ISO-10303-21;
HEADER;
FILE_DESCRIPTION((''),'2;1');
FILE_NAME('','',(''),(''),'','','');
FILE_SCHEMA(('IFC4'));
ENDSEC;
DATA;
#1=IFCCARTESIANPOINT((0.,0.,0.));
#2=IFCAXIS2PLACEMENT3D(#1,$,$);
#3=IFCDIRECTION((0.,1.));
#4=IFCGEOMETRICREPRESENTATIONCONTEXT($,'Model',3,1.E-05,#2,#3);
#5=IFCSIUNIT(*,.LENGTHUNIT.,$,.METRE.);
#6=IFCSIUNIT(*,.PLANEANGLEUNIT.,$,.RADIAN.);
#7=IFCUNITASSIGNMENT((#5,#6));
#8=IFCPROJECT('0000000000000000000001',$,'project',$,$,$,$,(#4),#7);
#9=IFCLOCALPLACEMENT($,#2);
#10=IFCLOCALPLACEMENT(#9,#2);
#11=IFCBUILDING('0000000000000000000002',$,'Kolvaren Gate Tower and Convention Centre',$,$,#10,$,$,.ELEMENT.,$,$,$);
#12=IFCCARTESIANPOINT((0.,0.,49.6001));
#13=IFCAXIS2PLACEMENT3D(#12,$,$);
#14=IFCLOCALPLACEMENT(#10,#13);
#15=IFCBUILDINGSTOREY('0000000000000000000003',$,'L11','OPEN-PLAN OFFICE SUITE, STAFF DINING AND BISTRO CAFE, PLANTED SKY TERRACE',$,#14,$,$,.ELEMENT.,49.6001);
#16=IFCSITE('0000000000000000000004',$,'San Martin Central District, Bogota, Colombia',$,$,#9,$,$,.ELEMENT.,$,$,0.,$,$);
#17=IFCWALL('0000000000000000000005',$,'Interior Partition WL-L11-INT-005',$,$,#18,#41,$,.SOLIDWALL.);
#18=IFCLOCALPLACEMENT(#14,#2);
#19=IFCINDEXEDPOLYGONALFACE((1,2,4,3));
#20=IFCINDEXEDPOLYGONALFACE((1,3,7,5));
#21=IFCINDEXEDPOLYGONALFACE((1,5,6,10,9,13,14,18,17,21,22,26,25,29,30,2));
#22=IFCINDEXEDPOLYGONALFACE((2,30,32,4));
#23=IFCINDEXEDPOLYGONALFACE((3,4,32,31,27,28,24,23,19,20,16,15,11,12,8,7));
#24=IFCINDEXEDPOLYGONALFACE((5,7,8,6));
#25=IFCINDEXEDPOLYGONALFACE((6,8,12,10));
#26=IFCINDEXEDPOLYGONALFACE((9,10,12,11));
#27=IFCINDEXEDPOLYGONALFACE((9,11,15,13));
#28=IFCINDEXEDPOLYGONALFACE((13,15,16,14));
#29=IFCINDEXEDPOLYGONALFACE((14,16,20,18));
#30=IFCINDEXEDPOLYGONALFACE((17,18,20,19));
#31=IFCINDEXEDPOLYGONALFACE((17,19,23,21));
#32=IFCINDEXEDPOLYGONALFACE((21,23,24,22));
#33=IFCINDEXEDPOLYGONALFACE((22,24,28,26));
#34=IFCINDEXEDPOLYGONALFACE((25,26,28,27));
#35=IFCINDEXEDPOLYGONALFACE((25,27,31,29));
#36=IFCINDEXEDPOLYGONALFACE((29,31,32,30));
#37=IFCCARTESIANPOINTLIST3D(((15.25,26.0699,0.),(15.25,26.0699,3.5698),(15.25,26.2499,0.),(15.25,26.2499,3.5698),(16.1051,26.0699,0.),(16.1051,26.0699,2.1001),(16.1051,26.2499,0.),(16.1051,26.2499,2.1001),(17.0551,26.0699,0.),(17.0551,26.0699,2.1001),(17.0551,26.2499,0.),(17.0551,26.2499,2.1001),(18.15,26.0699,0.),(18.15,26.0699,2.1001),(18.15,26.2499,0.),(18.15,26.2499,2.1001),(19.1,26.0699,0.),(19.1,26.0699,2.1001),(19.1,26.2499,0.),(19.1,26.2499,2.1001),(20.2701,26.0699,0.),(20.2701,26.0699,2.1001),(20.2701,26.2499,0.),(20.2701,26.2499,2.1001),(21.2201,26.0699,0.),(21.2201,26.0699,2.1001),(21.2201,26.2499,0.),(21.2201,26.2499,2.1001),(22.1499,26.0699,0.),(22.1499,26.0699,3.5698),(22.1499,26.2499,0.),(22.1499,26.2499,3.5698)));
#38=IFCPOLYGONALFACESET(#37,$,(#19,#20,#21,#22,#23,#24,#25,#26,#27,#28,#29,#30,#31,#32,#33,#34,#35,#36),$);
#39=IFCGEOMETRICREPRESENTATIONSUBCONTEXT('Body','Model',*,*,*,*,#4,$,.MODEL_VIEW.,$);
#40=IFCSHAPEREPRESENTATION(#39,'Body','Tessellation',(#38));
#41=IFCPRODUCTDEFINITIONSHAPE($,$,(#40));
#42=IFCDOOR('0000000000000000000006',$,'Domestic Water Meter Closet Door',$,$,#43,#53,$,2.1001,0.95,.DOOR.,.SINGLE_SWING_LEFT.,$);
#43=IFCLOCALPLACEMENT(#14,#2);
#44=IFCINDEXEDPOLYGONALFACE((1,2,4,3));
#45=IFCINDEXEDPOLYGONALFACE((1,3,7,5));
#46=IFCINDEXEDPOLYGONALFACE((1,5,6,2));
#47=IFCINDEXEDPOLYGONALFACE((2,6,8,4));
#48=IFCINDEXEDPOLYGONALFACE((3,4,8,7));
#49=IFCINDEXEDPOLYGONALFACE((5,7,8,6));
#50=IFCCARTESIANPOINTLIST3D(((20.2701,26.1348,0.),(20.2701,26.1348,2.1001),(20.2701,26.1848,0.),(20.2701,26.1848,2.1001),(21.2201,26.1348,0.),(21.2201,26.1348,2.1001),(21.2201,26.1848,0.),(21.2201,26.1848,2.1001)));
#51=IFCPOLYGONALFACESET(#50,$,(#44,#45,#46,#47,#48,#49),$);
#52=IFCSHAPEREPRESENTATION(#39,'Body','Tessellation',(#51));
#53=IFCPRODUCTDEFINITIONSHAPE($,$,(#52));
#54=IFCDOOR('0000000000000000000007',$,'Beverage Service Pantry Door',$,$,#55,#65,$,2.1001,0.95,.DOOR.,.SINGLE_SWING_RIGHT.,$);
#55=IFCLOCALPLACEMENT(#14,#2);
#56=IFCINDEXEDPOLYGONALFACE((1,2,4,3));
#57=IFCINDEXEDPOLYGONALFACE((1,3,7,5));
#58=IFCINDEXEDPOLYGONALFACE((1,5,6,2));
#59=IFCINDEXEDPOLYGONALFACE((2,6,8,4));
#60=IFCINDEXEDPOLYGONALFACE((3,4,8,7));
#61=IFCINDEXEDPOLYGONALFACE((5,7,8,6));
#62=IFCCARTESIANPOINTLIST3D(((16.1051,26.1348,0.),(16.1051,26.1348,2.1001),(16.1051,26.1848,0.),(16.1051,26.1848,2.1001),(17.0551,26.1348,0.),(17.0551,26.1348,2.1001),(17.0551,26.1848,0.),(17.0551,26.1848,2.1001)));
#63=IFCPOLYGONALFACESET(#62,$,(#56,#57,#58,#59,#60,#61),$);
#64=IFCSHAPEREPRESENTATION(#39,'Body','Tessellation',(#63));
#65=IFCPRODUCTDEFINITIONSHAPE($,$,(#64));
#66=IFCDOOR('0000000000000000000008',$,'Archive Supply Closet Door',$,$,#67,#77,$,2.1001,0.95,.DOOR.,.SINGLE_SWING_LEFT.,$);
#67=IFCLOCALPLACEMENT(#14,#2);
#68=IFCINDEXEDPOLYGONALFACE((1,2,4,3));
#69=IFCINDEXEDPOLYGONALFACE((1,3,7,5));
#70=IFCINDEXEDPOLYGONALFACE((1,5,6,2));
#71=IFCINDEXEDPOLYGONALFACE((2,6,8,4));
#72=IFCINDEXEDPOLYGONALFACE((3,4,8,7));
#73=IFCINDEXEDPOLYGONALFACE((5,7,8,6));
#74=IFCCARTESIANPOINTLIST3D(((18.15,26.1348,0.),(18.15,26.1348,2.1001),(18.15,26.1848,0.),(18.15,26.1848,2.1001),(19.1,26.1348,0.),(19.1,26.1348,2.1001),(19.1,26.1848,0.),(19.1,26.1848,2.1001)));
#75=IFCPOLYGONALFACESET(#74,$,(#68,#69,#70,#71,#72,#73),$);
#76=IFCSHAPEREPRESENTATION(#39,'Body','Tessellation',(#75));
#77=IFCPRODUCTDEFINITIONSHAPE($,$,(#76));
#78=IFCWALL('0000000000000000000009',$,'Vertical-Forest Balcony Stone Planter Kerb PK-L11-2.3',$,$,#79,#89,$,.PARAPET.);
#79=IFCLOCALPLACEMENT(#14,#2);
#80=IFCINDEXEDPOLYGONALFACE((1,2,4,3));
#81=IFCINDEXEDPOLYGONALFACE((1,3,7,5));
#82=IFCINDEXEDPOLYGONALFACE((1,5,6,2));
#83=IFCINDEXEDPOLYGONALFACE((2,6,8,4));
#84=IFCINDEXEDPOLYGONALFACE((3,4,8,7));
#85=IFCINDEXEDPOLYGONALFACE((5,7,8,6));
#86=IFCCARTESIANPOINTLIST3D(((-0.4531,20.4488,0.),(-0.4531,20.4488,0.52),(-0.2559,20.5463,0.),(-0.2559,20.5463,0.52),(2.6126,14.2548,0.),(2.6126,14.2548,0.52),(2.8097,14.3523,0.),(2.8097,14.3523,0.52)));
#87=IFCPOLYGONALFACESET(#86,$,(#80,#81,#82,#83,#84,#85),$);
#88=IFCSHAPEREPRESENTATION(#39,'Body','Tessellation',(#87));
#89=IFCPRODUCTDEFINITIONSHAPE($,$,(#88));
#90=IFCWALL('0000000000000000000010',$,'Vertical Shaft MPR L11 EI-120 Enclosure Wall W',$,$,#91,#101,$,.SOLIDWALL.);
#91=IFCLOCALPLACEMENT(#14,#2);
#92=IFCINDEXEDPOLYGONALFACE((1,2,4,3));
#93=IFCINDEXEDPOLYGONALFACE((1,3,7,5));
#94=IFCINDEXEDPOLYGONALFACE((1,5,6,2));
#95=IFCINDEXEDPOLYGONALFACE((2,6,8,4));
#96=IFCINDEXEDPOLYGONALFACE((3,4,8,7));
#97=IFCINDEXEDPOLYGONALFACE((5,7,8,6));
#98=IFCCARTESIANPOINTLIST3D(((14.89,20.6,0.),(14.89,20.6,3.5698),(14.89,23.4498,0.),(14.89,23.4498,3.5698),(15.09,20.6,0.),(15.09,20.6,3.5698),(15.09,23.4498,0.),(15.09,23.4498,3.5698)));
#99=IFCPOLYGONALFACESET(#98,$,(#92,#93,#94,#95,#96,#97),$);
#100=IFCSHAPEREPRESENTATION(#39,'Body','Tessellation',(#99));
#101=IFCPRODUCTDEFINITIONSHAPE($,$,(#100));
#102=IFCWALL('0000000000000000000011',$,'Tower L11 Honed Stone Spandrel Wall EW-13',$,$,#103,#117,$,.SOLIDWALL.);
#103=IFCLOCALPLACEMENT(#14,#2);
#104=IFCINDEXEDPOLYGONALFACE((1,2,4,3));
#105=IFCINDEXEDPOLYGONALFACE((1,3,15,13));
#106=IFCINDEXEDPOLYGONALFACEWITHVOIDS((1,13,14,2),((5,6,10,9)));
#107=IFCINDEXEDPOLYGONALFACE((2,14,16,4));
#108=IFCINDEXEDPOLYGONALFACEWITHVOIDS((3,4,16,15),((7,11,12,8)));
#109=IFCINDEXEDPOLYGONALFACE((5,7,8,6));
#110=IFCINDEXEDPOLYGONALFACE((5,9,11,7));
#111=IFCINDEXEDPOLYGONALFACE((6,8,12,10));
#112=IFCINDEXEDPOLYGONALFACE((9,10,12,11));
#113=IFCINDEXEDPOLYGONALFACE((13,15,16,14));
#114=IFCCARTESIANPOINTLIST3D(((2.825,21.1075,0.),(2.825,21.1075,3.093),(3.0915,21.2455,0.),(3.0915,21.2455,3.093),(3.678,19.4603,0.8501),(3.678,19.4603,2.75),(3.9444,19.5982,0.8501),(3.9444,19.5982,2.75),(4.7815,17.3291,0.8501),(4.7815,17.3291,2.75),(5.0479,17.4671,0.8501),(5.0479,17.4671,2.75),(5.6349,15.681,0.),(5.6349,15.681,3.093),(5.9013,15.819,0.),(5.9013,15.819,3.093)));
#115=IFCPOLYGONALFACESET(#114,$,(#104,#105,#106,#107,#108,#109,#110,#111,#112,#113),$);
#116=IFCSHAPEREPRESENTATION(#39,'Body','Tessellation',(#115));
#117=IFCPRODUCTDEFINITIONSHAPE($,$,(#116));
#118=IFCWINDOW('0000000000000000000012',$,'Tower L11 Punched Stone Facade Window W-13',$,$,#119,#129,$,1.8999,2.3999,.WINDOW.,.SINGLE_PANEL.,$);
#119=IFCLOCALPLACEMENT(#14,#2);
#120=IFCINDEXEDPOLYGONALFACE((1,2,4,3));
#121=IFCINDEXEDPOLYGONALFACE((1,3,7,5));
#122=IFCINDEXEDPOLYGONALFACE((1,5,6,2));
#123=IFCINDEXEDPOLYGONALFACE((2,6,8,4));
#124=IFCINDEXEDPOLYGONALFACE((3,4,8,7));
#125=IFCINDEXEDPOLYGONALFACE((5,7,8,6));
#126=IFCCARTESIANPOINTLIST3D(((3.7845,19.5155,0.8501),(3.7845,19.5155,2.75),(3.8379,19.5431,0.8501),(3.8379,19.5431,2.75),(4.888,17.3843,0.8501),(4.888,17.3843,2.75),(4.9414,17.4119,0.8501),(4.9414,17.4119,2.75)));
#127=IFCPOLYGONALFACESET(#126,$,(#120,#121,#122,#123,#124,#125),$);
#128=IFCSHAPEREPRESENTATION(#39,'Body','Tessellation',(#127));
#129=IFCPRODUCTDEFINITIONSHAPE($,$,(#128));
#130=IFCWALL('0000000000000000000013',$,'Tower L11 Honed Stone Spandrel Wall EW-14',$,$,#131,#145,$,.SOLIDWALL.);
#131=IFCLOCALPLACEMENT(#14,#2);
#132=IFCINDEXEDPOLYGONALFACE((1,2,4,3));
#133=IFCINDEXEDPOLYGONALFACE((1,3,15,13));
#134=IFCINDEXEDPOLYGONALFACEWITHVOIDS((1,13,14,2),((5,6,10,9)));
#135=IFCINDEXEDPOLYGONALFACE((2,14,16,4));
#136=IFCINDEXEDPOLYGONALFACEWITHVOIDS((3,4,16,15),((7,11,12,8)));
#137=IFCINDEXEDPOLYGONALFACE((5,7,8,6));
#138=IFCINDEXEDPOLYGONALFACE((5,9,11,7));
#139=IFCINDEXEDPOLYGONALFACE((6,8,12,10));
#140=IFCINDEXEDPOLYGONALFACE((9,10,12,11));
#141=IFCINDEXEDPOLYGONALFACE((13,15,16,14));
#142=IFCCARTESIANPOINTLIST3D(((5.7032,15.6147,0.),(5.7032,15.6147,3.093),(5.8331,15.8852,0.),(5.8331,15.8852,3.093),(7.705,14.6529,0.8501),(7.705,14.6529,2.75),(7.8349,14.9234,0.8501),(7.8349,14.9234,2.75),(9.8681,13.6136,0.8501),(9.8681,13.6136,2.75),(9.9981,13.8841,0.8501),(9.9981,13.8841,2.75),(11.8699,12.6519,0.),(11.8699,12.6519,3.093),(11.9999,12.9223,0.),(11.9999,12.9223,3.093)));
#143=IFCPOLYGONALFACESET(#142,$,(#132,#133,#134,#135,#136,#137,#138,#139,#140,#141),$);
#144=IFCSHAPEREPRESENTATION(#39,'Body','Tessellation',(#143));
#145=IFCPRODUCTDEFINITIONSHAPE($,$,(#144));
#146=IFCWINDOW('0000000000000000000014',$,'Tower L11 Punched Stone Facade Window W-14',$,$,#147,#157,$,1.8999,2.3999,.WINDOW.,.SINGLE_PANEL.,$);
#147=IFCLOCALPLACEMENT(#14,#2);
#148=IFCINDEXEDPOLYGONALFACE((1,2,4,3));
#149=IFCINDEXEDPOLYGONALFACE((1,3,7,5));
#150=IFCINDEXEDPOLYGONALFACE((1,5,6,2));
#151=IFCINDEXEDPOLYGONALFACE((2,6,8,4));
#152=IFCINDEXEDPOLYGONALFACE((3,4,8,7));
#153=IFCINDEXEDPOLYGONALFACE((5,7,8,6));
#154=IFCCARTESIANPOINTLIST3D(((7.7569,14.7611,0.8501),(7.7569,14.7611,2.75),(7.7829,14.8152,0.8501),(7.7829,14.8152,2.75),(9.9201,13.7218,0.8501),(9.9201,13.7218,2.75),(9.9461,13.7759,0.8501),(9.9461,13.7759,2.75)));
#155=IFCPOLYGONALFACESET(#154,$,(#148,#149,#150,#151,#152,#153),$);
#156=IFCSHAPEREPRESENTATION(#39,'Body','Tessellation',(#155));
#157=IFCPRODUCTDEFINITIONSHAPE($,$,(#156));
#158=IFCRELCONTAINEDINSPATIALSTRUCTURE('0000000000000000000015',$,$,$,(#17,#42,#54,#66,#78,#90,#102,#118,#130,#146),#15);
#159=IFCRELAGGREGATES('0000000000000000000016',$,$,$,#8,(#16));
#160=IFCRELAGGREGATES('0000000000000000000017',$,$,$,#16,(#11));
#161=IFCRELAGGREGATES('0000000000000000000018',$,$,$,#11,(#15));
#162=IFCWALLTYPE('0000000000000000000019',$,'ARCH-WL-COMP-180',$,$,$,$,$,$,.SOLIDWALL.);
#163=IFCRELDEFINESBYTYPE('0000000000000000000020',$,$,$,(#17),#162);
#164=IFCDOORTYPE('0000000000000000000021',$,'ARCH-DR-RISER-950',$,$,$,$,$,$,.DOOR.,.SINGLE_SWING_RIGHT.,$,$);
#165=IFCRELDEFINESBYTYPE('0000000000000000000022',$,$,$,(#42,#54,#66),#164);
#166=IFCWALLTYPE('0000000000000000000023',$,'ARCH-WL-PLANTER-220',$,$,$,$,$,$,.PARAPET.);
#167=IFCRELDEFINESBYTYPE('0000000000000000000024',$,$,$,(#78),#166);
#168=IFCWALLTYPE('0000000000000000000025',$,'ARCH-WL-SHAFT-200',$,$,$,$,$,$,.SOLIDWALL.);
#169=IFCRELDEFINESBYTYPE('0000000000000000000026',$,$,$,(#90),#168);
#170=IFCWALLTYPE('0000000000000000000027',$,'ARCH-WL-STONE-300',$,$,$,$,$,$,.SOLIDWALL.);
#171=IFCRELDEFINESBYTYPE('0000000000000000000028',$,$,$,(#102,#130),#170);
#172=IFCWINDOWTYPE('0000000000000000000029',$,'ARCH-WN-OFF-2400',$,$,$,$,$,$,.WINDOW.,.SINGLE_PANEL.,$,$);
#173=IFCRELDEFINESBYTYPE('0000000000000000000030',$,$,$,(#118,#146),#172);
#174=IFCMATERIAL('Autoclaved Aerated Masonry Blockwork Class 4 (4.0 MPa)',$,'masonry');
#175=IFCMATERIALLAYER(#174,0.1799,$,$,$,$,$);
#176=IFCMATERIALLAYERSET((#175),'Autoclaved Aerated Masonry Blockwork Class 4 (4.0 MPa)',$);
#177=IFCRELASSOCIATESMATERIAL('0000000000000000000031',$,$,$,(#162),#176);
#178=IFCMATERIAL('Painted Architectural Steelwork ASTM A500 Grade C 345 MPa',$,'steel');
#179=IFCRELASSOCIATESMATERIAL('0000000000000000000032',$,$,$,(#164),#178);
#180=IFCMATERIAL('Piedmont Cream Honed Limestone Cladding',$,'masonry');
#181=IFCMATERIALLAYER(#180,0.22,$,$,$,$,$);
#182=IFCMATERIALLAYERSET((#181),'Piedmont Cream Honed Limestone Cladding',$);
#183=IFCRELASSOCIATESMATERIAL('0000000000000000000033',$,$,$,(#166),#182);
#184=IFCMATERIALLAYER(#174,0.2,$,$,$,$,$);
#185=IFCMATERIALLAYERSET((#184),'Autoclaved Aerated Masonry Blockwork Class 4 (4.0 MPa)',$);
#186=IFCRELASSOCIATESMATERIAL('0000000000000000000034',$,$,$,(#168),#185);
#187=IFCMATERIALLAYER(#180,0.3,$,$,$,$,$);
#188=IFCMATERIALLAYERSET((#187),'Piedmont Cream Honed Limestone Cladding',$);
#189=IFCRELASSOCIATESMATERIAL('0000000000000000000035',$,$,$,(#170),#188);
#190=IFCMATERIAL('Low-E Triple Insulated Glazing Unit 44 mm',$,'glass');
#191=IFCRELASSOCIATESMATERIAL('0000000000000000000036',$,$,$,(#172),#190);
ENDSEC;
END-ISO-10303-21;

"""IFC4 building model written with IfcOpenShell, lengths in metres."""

from ifc_helpers import new_model, si_unit, direction, frame, frame_2d, origin, place, context, subcontext, project, spatial, rectangle, extrude, material, layer, layer_set, type_object, element, fill, save


model = new_model("IFC4")

# Units and contexts
model_context = context("Model", 3, precision=1e-05, world=origin(), true_north=direction((0.0, 1.0)))
body_context = subcontext(model_context, "Body", "Model", "MODEL_VIEW")
ifc_project = project(units=[si_unit("LENGTHUNIT", "METRE"), si_unit("PLANEANGLEUNIT", "RADIAN")], contexts=[model_context])

# Site, building, storey
site_placement = place(None, origin())
site = spatial("IfcSite", under=ifc_project, at=site_placement, Name="San Martin Central District, Bogota, Colombia", CompositionType="ELEMENT", RefElevation=0.0)
building_placement = place(site_placement, origin())
building = spatial("IfcBuilding", under=site, at=building_placement, Name="Kolvaren Gate Tower and Convention Centre", CompositionType="ELEMENT")
storey_placement = place(building_placement, frame((0.0, 0.0, 49.6001)))
storey = spatial("IfcBuildingStorey", under=building, at=storey_placement, Name="L11", Description="OPEN-PLAN OFFICE SUITE, STAFF DINING AND BISTRO CAFE, PLANTED SKY TERRACE", CompositionType="ELEMENT", Elevation=49.6001)

# Wall, openings, doors
ifc_material_1 = material(Name="Autoclaved Aerated Masonry Blockwork Class 4 (4.0 MPa)", Category="masonry")
ifc_layer_1 = layer(ifc_material_1, 0.1799)
ifc_layer_set_1 = layer_set([ifc_layer_1], Name="Autoclaved Aerated Masonry Blockwork Class 4 (4.0 MPa)")
wall_type_1 = type_object("IfcWallType", Name="ARCH-WL-COMP-180", PredefinedType="SOLIDWALL", material=ifc_layer_set_1)
wall_1_placement = place(storey_placement, frame((15.25, 26.1599, 0.0), z_axis=(0.0, 0.0, 1.0), x_axis=(1.0, 0.0, 0.0)))
wall_1 = element("IfcWall", 1, at=wall_1_placement, inside=storey, type_object=wall_type_1, Name="Interior Partition WL-L11-INT-005", PredefinedType="SOLIDWALL", context=body_context, shape_type="SweptSolid", body=[
    extrude(rectangle(XDim=6.8999, YDim=0.1799, at=frame_2d((3.45, 0.0))), origin(), (0.0, 0.0, 1.0), 3.5698),
])
opening_1_placement = place(wall_1_placement, frame((5.02, 0.0, 0.0)))
opening_1 = element("IfcOpeningElement", 2, at=opening_1_placement, cuts=wall_1, PredefinedType="OPENING", context=body_context, shape_type="SweptSolid", body=[
    extrude(rectangle(XDim=0.95, YDim=2.1001, at=frame_2d((0.4751, 1.05))), frame((0.0, 0.0999, 0.0), z_axis=(0.0, -1.0, 0.0), x_axis=(1.0, 0.0, 0.0)), (0.0, 0.0, 1.0), 0.2),
])
opening_2_placement = place(wall_1_placement, frame((0.855, 0.0, 0.0)))
opening_2 = element("IfcOpeningElement", 3, at=opening_2_placement, cuts=wall_1, PredefinedType="OPENING", context=body_context, shape_type="SweptSolid", body=[
    extrude(rectangle(XDim=0.95, YDim=2.1001, at=frame_2d((0.4751, 1.05))), frame((0.0, 0.0999, 0.0), z_axis=(0.0, -1.0, 0.0), x_axis=(1.0, 0.0, 0.0)), (0.0, 0.0, 1.0), 0.2),
])
opening_3_placement = place(wall_1_placement, frame((2.8999, 0.0, 0.0)))
opening_3 = element("IfcOpeningElement", 4, at=opening_3_placement, cuts=wall_1, PredefinedType="OPENING", context=body_context, shape_type="SweptSolid", body=[
    extrude(rectangle(XDim=0.95, YDim=2.1001, at=frame_2d((0.4751, 1.05))), frame((0.0, 0.0999, 0.0), z_axis=(0.0, -1.0, 0.0), x_axis=(1.0, 0.0, 0.0)), (0.0, 0.0, 1.0), 0.2),
])
ifc_material_2 = material(Name="Painted Architectural Steelwork ASTM A500 Grade C 345 MPa", Category="steel")
door_type = type_object("IfcDoorType", Name="ARCH-DR-RISER-950", OperationType="SINGLE_SWING_RIGHT", PredefinedType="DOOR", material=ifc_material_2)
door_1_placement = place(opening_1_placement, origin())
door_1 = element("IfcDoor", 5, at=door_1_placement, inside=storey, type_object=door_type, Name="Domestic Water Meter Closet Door", OperationType="SINGLE_SWING_LEFT", OverallHeight=2.1001, OverallWidth=0.95, PredefinedType="DOOR", context=body_context, shape_type="SweptSolid", body=[
    extrude(rectangle(XDim=0.95, YDim=2.1001, at=frame_2d((0.4751, 1.05))), frame((0.0, 0.0249, 0.0), z_axis=(0.0, -1.0, 0.0), x_axis=(1.0, 0.0, 0.0)), (0.0, 0.0, 1.0), 0.05),
])
fill(opening_1, door_1)
door_2_placement = place(opening_2_placement, origin())
door_2 = element("IfcDoor", 6, at=door_2_placement, inside=storey, type_object=door_type, Name="Beverage Service Pantry Door", OperationType="SINGLE_SWING_RIGHT", OverallHeight=2.1001, OverallWidth=0.95, PredefinedType="DOOR", context=body_context, shape_type="SweptSolid", body=[
    extrude(rectangle(XDim=0.95, YDim=2.1001, at=frame_2d((0.4751, 1.05))), frame((0.0, 0.0249, 0.0), z_axis=(0.0, -1.0, 0.0), x_axis=(1.0, 0.0, 0.0)), (0.0, 0.0, 1.0), 0.05),
])
fill(opening_2, door_2)
door_3_placement = place(opening_3_placement, origin())
door_3 = element("IfcDoor", 7, at=door_3_placement, inside=storey, type_object=door_type, Name="Archive Supply Closet Door", OperationType="SINGLE_SWING_LEFT", OverallHeight=2.1001, OverallWidth=0.95, PredefinedType="DOOR", context=body_context, shape_type="SweptSolid", body=[
    extrude(rectangle(XDim=0.95, YDim=2.1001, at=frame_2d((0.4751, 1.05))), frame((0.0, 0.0249, 0.0), z_axis=(0.0, -1.0, 0.0), x_axis=(1.0, 0.0, 0.0)), (0.0, 0.0, 1.0), 0.05),
])
fill(opening_3, door_3)

# Walls
ifc_material_3 = material(Name="Piedmont Cream Honed Limestone Cladding", Category="masonry")
ifc_layer_2 = layer(ifc_material_3, 0.22)
ifc_layer_set_2 = layer_set([ifc_layer_2], Name="Piedmont Cream Honed Limestone Cladding")
wall_type_2 = type_object("IfcWallType", Name="ARCH-WL-PLANTER-220", PredefinedType="PARAPET", material=ifc_layer_set_2)
wall_2_placement = place(storey_placement, frame((-0.3545, 20.4976, 0.0), z_axis=(0.0, 0.0, 1.0), x_axis=(0.443578, -0.896236, 0.0)))
element("IfcWall", 8, at=wall_2_placement, inside=storey, type_object=wall_type_2, Name="Vertical-Forest Balcony Stone Planter Kerb PK-L11-2.3", PredefinedType="PARAPET", context=body_context, shape_type="SweptSolid", body=[
    extrude(rectangle(XDim=6.9111, YDim=0.22, at=frame_2d((3.4556, 0.0))), origin(), (0.0, 0.0, 1.0), 0.52),
])
ifc_layer_3 = layer(ifc_material_1, 0.2)
ifc_layer_set_3 = layer_set([ifc_layer_3], Name="Autoclaved Aerated Masonry Blockwork Class 4 (4.0 MPa)")
wall_type_3 = type_object("IfcWallType", Name="ARCH-WL-SHAFT-200", PredefinedType="SOLIDWALL", material=ifc_layer_set_3)
wall_3_placement = place(storey_placement, frame((14.99, 20.6001, 0.0), z_axis=(0.0, 0.0, 1.0), x_axis=(0.0, 1.0, 0.0)))
element("IfcWall", 9, at=wall_3_placement, inside=storey, type_object=wall_type_3, Name="Vertical Shaft MPR L11 EI-120 Enclosure Wall W", PredefinedType="SOLIDWALL", context=body_context, shape_type="SweptSolid", body=[
    extrude(rectangle(XDim=2.8499, YDim=0.2, at=frame_2d((1.4248, 0.0))), origin(), (0.0, 0.0, 1.0), 3.5698),
])

# Walls, openings, windows
ifc_layer_4 = layer(ifc_material_3, 0.3)
ifc_layer_set_4 = layer_set([ifc_layer_4], Name="Piedmont Cream Honed Limestone Cladding")
wall_type_4 = type_object("IfcWallType", Name="ARCH-WL-STONE-300", PredefinedType="SOLIDWALL", material=ifc_layer_set_4)
wall_4_placement = place(storey_placement, frame((2.9583, 21.1765, 0.0), z_axis=(0.0, 0.0, 1.0), x_axis=(0.45981, -0.888017, 0.0)))
wall_4 = element("IfcWall", 10, at=wall_4_placement, inside=storey, type_object=wall_type_4, Name="Tower L11 Honed Stone Spandrel Wall EW-13", PredefinedType="SOLIDWALL", context=body_context, shape_type="SweptSolid", body=[
    extrude(rectangle(XDim=6.1108, YDim=0.3, at=frame_2d((3.0554, 0.0))), origin(), (0.0, 0.0, 1.0), 3.093),
])
opening_4_placement = place(wall_4_placement, frame((1.855, 0.0, 0.8501)))
opening_4 = element("IfcOpeningElement", 11, at=opening_4_placement, cuts=wall_4, PredefinedType="OPENING", context=body_context, shape_type="SweptSolid", body=[
    extrude(rectangle(XDim=2.3999, YDim=1.8999, at=frame_2d((1.2, 0.95))), frame((0.0, 0.1599, 0.0), z_axis=(0.0, -1.0, 0.0), x_axis=(1.0, 0.0, 0.0)), (0.0, 0.0, 1.0), 0.3201),
])
ifc_material_4 = material(Name="Low-E Triple Insulated Glazing Unit 44 mm", Category="glass")
window_type = type_object("IfcWindowType", Name="ARCH-WN-OFF-2400", PartitioningType="SINGLE_PANEL", PredefinedType="WINDOW", material=ifc_material_4)
window_1_placement = place(opening_4_placement, origin())
window_1 = element("IfcWindow", 12, at=window_1_placement, inside=storey, type_object=window_type, Name="Tower L11 Punched Stone Facade Window W-13", OverallHeight=1.8999, OverallWidth=2.3999, PartitioningType="SINGLE_PANEL", PredefinedType="WINDOW", context=body_context, shape_type="SweptSolid", body=[
    extrude(rectangle(XDim=2.3999, YDim=1.8999, at=frame_2d((1.2, 0.95))), frame((0.0, 0.03, 0.0), z_axis=(0.0, -1.0, 0.0), x_axis=(1.0, 0.0, 0.0)), (0.0, 0.0, 1.0), 0.0601),
])
fill(opening_4, window_1)
wall_5_placement = place(storey_placement, frame((5.7681, 15.75, 0.0), z_axis=(0.0, 0.0, 1.0), x_axis=(0.90136, -0.43307, 0.0)))
wall_5 = element("IfcWall", 13, at=wall_5_placement, inside=storey, type_object=wall_type_4, Name="Tower L11 Honed Stone Spandrel Wall EW-14", PredefinedType="SOLIDWALL", context=body_context, shape_type="SweptSolid", body=[
    extrude(rectangle(XDim=6.8416, YDim=0.3, at=frame_2d((3.4209, 0.0))), origin(), (0.0, 0.0, 1.0), 3.093),
])
opening_5_placement = place(wall_5_placement, frame((2.2209, 0.0, 0.8501)))
opening_5 = element("IfcOpeningElement", 14, at=opening_5_placement, cuts=wall_5, PredefinedType="OPENING", context=body_context, shape_type="SweptSolid", body=[
    extrude(rectangle(XDim=2.3999, YDim=1.8999, at=frame_2d((1.2, 0.95))), frame((0.0, 0.1599, 0.0), z_axis=(0.0, -1.0, 0.0), x_axis=(1.0, 0.0, 0.0)), (0.0, 0.0, 1.0), 0.3201),
])
window_2_placement = place(opening_5_placement, origin())
window_2 = element("IfcWindow", 15, at=window_2_placement, inside=storey, type_object=window_type, Name="Tower L11 Punched Stone Facade Window W-14", OverallHeight=1.8999, OverallWidth=2.3999, PartitioningType="SINGLE_PANEL", PredefinedType="WINDOW", context=body_context, shape_type="SweptSolid", body=[
    extrude(rectangle(XDim=2.3999, YDim=1.8999, at=frame_2d((1.2, 0.95))), frame((0.0, 0.03, 0.0), z_axis=(0.0, -1.0, 0.0), x_axis=(1.0, 0.0, 0.0)), (0.0, 0.0, 1.0), 0.0601),
])
fill(opening_5, window_2)

save(model, "model.ifc")
